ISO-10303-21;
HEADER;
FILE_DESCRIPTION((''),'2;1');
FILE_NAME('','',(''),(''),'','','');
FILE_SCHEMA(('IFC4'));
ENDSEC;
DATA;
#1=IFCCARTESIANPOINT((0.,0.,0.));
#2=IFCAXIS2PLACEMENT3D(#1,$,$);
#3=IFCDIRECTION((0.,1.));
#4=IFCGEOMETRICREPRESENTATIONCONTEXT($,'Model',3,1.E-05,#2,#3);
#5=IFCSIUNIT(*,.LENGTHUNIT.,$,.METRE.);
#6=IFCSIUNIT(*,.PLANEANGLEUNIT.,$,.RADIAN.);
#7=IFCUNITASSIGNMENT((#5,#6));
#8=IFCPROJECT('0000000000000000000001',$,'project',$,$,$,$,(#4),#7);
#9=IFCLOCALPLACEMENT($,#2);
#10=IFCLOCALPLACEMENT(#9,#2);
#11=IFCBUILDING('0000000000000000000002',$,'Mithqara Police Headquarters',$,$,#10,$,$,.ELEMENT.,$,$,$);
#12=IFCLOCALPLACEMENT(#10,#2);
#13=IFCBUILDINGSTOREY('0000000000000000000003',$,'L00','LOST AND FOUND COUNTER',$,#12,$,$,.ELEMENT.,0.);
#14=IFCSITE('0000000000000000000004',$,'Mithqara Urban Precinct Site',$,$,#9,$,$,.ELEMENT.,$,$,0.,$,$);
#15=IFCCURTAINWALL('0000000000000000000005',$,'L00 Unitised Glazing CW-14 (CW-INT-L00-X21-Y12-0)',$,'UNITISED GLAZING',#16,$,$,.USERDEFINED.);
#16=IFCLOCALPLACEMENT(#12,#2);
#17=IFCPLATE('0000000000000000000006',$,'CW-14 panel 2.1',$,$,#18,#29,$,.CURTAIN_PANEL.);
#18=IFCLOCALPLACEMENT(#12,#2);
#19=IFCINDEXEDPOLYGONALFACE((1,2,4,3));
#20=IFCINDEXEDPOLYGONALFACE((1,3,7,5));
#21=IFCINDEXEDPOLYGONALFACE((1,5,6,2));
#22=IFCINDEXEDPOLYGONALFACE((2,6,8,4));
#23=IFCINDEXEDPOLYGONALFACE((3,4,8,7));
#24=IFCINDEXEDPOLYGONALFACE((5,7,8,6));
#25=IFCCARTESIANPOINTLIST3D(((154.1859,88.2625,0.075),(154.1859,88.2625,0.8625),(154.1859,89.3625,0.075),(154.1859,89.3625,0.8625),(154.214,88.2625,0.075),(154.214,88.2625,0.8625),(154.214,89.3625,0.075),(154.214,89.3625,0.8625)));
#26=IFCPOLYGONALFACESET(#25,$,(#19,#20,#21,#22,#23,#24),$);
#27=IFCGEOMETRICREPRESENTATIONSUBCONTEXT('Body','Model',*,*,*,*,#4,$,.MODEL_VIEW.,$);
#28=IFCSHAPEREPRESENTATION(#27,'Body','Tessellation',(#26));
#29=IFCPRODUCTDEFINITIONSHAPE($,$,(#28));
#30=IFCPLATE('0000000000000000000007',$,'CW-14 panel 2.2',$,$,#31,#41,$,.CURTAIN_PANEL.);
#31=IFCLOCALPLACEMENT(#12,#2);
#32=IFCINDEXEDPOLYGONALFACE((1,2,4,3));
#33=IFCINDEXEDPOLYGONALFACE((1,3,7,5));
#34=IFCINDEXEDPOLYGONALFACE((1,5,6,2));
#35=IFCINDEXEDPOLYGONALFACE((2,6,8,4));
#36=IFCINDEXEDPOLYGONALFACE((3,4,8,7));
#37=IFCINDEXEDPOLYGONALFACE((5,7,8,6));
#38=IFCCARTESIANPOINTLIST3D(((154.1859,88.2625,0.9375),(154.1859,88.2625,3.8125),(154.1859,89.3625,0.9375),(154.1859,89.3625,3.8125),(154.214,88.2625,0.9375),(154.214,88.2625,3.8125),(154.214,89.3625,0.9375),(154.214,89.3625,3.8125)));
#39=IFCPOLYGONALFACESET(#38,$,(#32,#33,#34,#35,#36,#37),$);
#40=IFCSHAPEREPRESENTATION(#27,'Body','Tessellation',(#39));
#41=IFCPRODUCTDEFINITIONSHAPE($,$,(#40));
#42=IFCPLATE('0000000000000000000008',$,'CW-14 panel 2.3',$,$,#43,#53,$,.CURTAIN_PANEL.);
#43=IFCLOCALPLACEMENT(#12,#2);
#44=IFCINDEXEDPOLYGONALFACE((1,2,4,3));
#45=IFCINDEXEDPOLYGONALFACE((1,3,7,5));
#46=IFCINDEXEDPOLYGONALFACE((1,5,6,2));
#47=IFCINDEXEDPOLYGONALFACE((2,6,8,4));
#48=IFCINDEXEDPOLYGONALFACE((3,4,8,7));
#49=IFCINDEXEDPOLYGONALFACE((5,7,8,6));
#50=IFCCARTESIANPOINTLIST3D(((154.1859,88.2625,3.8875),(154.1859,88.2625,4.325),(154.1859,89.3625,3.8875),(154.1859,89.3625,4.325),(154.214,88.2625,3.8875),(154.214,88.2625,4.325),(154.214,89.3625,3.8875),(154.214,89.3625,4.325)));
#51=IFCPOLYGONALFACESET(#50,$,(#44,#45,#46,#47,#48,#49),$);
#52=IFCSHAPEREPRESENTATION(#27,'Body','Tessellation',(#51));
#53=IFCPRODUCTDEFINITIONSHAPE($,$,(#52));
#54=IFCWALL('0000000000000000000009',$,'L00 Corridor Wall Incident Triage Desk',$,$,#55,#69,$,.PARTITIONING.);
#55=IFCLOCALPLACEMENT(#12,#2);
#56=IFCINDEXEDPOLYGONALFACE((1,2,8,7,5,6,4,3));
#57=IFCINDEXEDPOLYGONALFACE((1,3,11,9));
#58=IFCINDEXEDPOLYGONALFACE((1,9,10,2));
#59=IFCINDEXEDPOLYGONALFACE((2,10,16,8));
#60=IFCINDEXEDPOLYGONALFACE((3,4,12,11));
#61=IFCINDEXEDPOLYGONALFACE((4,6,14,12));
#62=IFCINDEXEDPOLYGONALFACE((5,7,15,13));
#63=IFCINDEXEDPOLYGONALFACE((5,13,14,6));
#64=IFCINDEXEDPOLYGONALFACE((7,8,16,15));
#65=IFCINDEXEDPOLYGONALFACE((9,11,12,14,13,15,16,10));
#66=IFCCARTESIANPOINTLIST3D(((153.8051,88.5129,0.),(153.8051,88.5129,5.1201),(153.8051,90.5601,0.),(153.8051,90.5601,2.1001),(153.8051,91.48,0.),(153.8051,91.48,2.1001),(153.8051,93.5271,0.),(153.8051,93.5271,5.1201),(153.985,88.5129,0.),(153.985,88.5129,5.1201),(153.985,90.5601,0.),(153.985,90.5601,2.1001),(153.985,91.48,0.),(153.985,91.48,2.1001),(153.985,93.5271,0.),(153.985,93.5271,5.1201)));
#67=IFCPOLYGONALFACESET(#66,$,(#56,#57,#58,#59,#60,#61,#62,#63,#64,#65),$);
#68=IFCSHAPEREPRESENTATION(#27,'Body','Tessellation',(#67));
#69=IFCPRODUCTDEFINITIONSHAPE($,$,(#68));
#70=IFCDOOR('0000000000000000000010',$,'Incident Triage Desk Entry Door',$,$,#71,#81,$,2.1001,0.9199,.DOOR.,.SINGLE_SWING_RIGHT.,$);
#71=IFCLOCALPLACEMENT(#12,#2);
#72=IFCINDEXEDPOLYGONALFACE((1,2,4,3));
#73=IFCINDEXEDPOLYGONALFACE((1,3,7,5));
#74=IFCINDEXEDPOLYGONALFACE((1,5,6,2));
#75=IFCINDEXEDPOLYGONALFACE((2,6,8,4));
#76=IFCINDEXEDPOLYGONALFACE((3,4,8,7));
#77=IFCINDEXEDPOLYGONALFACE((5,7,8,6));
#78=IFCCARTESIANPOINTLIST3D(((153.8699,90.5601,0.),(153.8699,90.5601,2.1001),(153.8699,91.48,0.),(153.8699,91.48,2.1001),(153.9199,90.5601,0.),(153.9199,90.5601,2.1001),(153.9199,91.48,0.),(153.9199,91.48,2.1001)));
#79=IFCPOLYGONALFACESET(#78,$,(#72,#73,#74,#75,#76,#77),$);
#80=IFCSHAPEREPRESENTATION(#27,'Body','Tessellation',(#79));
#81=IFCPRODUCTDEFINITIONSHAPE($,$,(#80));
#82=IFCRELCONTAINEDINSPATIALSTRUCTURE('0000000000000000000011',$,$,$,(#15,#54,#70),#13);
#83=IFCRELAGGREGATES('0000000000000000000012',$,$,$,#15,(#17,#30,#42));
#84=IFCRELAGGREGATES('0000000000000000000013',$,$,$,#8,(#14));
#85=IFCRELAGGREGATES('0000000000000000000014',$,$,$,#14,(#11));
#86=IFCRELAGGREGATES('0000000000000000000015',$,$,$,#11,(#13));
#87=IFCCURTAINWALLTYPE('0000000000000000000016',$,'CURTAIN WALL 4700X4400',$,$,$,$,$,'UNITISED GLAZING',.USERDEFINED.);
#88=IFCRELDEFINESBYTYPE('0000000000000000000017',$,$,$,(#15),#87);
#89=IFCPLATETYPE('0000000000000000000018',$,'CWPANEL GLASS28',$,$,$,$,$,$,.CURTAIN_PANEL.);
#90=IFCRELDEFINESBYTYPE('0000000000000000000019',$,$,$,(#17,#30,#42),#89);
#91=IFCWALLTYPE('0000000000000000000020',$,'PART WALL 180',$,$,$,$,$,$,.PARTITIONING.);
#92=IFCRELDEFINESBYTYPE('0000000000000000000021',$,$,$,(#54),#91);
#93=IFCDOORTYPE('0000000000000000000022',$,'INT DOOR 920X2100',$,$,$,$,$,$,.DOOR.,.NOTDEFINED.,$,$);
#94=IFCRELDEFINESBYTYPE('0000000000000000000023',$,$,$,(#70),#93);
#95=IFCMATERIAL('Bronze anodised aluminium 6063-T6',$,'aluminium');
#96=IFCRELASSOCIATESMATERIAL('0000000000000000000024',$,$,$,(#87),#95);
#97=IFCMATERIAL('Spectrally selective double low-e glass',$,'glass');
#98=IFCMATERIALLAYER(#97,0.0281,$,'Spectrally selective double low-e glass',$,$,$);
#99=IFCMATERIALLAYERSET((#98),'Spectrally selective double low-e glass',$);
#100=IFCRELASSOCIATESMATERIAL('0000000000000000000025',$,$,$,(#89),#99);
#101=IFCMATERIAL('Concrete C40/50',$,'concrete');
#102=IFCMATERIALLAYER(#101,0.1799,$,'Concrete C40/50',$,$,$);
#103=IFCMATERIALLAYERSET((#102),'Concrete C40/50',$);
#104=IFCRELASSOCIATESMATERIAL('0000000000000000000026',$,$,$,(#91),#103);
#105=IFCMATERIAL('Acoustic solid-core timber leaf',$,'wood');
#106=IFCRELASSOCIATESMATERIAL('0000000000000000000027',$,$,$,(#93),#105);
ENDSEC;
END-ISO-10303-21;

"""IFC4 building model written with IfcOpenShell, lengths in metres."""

from ifc_helpers import new_model, si_unit, direction, frame, frame_2d, origin, origin_2d, place, context, subcontext, project, spatial, rectangle, extrude, material, layer, layer_set, type_object, element, fill, aggregate, save


model = new_model("IFC4")

# Units and contexts
model_context = context("Model", 3, precision=1e-05, world=origin(), true_north=direction((0.0, 1.0)))
body_context = subcontext(model_context, "Body", "Model", "MODEL_VIEW")
ifc_project = project(units=[si_unit("LENGTHUNIT", "METRE"), si_unit("PLANEANGLEUNIT", "RADIAN")], contexts=[model_context])

# Site, building, storey
site_placement = place(None, origin())
site = spatial("IfcSite", under=ifc_project, at=site_placement, Name="Mithqara Urban Precinct Site", CompositionType="ELEMENT", RefElevation=0.0)
building_placement = place(site_placement, origin())
building = spatial("IfcBuilding", under=site, at=building_placement, Name="Mithqara Police Headquarters", CompositionType="ELEMENT")
storey_placement = place(building_placement, origin())
storey = spatial("IfcBuildingStorey", under=building, at=storey_placement, Name="L00", Description="LOST AND FOUND COUNTER", CompositionType="ELEMENT", Elevation=0.0)

# Curtain wall, plates
ifc_material_1 = material(Name="Bronze anodised aluminium 6063-T6", Category="aluminium")
curtain_wall_type = type_object("IfcCurtainWallType", Name="CURTAIN WALL 4700X4400", ElementType="UNITISED GLAZING", PredefinedType="USERDEFINED", material=ifc_material_1)
curtain_wall_placement = place(storey_placement, origin())
curtain_wall = element("IfcCurtainWall", 1, at=curtain_wall_placement, inside=storey, type_object=curtain_wall_type, Name="L00 Unitised Glazing CW-14 (CW-INT-L00-X21-Y12-0)", ObjectType="UNITISED GLAZING", PredefinedType="USERDEFINED")
ifc_material_2 = material(Name="Spectrally selective double low-e glass", Category="glass")
ifc_layer_1 = layer(ifc_material_2, 0.0281, Name="Spectrally selective double low-e glass")
ifc_layer_set_1 = layer_set([ifc_layer_1], Name="Spectrally selective double low-e glass")
plate_type = type_object("IfcPlateType", Name="CWPANEL GLASS28", PredefinedType="CURTAIN_PANEL", material=ifc_layer_set_1)
plate_1_placement = place(storey_placement, frame((154.2, 88.8125, 0.075), z_axis=(0.0, 0.0, 1.0), x_axis=(0.0, 1.0, 0.0)))
plate_1 = element("IfcPlate", 2, at=plate_1_placement, type_object=plate_type, Name="CW-14 panel 2.1", PredefinedType="CURTAIN_PANEL", context=body_context, shape_type="SweptSolid", body=[
    extrude(rectangle(XDim=1.1001, YDim=0.0281, at=origin_2d()), origin(), (0.0, 0.0, 1.0), 0.7876),
])
plate_2_placement = place(storey_placement, frame((154.2, 88.8125, 0.9375), z_axis=(0.0, 0.0, 1.0), x_axis=(0.0, 1.0, 0.0)))
plate_2 = element("IfcPlate", 3, at=plate_2_placement, type_object=plate_type, Name="CW-14 panel 2.2", PredefinedType="CURTAIN_PANEL", context=body_context, shape_type="SweptSolid", body=[
    extrude(rectangle(XDim=1.1001, YDim=0.0281, at=origin_2d()), origin(), (0.0, 0.0, 1.0), 2.875),
])
plate_3_placement = place(storey_placement, frame((154.2, 88.8125, 3.8875), z_axis=(0.0, 0.0, 1.0), x_axis=(0.0, 1.0, 0.0)))
plate_3 = element("IfcPlate", 4, at=plate_3_placement, type_object=plate_type, Name="CW-14 panel 2.3", PredefinedType="CURTAIN_PANEL", context=body_context, shape_type="SweptSolid", body=[
    extrude(rectangle(XDim=1.1001, YDim=0.0281, at=origin_2d()), origin(), (0.0, 0.0, 1.0), 0.4375),
])
aggregate(curtain_wall, [plate_1, plate_2, plate_3])

# Wall, opening, door
ifc_material_3 = material(Name="Concrete C40/50", Category="concrete")
ifc_layer_2 = layer(ifc_material_3, 0.1799, Name="Concrete C40/50")
ifc_layer_set_2 = layer_set([ifc_layer_2], Name="Concrete C40/50")
wall_type = type_object("IfcWallType", Name="PART WALL 180", PredefinedType="PARTITIONING", material=ifc_layer_set_2)
wall_placement = place(storey_placement, frame((153.895, 88.5129, 0.0), z_axis=(0.0, 0.0, 1.0), x_axis=(0.0, 1.0, 0.0)))
wall = element("IfcWall", 5, at=wall_placement, inside=storey, type_object=wall_type, Name="L00 Corridor Wall Incident Triage Desk", PredefinedType="PARTITIONING", context=body_context, shape_type="SweptSolid", body=[
    extrude(rectangle(XDim=5.0142, YDim=0.1799, at=frame_2d((2.5071, 0.0))), origin(), (0.0, 0.0, 1.0), 5.1201),
])
opening_placement = place(wall_placement, frame((2.0471, 0.0, 0.0)))
opening = element("IfcOpeningElement", 6, at=opening_placement, cuts=wall, PredefinedType="OPENING", context=body_context, shape_type="SweptSolid", body=[
    extrude(rectangle(XDim=0.9199, YDim=2.1001, at=frame_2d((0.46, 1.05))), frame((0.0, 0.1001, 0.0), z_axis=(0.0, -1.0, 0.0), x_axis=(1.0, 0.0, 0.0)), (0.0, 0.0, 1.0), 0.2),
])
ifc_material_4 = material(Name="Acoustic solid-core timber leaf", Category="wood")
door_type = type_object("IfcDoorType", Name="INT DOOR 920X2100", OperationType="NOTDEFINED", PredefinedType="DOOR", material=ifc_material_4)
door_placement = place(opening_placement, frame((0.9199, 0.0, 0.0), z_axis=(0.0, 0.0, 1.0), x_axis=(-1.0, 0.0, 0.0)))
door = element("IfcDoor", 7, at=door_placement, inside=storey, type_object=door_type, Name="Incident Triage Desk Entry Door", OperationType="SINGLE_SWING_RIGHT", OverallHeight=2.1001, OverallWidth=0.9199, PredefinedType="DOOR", context=body_context, shape_type="SweptSolid", body=[
    extrude(rectangle(XDim=0.9199, YDim=2.1001, at=frame_2d((0.46, 1.05))), frame((0.0, 0.0249, 0.0), z_axis=(0.0, -1.0, 0.0), x_axis=(1.0, 0.0, 0.0)), (0.0, 0.0, 1.0), 0.05),
])
fill(opening, door)

save(model, "model.ifc")
